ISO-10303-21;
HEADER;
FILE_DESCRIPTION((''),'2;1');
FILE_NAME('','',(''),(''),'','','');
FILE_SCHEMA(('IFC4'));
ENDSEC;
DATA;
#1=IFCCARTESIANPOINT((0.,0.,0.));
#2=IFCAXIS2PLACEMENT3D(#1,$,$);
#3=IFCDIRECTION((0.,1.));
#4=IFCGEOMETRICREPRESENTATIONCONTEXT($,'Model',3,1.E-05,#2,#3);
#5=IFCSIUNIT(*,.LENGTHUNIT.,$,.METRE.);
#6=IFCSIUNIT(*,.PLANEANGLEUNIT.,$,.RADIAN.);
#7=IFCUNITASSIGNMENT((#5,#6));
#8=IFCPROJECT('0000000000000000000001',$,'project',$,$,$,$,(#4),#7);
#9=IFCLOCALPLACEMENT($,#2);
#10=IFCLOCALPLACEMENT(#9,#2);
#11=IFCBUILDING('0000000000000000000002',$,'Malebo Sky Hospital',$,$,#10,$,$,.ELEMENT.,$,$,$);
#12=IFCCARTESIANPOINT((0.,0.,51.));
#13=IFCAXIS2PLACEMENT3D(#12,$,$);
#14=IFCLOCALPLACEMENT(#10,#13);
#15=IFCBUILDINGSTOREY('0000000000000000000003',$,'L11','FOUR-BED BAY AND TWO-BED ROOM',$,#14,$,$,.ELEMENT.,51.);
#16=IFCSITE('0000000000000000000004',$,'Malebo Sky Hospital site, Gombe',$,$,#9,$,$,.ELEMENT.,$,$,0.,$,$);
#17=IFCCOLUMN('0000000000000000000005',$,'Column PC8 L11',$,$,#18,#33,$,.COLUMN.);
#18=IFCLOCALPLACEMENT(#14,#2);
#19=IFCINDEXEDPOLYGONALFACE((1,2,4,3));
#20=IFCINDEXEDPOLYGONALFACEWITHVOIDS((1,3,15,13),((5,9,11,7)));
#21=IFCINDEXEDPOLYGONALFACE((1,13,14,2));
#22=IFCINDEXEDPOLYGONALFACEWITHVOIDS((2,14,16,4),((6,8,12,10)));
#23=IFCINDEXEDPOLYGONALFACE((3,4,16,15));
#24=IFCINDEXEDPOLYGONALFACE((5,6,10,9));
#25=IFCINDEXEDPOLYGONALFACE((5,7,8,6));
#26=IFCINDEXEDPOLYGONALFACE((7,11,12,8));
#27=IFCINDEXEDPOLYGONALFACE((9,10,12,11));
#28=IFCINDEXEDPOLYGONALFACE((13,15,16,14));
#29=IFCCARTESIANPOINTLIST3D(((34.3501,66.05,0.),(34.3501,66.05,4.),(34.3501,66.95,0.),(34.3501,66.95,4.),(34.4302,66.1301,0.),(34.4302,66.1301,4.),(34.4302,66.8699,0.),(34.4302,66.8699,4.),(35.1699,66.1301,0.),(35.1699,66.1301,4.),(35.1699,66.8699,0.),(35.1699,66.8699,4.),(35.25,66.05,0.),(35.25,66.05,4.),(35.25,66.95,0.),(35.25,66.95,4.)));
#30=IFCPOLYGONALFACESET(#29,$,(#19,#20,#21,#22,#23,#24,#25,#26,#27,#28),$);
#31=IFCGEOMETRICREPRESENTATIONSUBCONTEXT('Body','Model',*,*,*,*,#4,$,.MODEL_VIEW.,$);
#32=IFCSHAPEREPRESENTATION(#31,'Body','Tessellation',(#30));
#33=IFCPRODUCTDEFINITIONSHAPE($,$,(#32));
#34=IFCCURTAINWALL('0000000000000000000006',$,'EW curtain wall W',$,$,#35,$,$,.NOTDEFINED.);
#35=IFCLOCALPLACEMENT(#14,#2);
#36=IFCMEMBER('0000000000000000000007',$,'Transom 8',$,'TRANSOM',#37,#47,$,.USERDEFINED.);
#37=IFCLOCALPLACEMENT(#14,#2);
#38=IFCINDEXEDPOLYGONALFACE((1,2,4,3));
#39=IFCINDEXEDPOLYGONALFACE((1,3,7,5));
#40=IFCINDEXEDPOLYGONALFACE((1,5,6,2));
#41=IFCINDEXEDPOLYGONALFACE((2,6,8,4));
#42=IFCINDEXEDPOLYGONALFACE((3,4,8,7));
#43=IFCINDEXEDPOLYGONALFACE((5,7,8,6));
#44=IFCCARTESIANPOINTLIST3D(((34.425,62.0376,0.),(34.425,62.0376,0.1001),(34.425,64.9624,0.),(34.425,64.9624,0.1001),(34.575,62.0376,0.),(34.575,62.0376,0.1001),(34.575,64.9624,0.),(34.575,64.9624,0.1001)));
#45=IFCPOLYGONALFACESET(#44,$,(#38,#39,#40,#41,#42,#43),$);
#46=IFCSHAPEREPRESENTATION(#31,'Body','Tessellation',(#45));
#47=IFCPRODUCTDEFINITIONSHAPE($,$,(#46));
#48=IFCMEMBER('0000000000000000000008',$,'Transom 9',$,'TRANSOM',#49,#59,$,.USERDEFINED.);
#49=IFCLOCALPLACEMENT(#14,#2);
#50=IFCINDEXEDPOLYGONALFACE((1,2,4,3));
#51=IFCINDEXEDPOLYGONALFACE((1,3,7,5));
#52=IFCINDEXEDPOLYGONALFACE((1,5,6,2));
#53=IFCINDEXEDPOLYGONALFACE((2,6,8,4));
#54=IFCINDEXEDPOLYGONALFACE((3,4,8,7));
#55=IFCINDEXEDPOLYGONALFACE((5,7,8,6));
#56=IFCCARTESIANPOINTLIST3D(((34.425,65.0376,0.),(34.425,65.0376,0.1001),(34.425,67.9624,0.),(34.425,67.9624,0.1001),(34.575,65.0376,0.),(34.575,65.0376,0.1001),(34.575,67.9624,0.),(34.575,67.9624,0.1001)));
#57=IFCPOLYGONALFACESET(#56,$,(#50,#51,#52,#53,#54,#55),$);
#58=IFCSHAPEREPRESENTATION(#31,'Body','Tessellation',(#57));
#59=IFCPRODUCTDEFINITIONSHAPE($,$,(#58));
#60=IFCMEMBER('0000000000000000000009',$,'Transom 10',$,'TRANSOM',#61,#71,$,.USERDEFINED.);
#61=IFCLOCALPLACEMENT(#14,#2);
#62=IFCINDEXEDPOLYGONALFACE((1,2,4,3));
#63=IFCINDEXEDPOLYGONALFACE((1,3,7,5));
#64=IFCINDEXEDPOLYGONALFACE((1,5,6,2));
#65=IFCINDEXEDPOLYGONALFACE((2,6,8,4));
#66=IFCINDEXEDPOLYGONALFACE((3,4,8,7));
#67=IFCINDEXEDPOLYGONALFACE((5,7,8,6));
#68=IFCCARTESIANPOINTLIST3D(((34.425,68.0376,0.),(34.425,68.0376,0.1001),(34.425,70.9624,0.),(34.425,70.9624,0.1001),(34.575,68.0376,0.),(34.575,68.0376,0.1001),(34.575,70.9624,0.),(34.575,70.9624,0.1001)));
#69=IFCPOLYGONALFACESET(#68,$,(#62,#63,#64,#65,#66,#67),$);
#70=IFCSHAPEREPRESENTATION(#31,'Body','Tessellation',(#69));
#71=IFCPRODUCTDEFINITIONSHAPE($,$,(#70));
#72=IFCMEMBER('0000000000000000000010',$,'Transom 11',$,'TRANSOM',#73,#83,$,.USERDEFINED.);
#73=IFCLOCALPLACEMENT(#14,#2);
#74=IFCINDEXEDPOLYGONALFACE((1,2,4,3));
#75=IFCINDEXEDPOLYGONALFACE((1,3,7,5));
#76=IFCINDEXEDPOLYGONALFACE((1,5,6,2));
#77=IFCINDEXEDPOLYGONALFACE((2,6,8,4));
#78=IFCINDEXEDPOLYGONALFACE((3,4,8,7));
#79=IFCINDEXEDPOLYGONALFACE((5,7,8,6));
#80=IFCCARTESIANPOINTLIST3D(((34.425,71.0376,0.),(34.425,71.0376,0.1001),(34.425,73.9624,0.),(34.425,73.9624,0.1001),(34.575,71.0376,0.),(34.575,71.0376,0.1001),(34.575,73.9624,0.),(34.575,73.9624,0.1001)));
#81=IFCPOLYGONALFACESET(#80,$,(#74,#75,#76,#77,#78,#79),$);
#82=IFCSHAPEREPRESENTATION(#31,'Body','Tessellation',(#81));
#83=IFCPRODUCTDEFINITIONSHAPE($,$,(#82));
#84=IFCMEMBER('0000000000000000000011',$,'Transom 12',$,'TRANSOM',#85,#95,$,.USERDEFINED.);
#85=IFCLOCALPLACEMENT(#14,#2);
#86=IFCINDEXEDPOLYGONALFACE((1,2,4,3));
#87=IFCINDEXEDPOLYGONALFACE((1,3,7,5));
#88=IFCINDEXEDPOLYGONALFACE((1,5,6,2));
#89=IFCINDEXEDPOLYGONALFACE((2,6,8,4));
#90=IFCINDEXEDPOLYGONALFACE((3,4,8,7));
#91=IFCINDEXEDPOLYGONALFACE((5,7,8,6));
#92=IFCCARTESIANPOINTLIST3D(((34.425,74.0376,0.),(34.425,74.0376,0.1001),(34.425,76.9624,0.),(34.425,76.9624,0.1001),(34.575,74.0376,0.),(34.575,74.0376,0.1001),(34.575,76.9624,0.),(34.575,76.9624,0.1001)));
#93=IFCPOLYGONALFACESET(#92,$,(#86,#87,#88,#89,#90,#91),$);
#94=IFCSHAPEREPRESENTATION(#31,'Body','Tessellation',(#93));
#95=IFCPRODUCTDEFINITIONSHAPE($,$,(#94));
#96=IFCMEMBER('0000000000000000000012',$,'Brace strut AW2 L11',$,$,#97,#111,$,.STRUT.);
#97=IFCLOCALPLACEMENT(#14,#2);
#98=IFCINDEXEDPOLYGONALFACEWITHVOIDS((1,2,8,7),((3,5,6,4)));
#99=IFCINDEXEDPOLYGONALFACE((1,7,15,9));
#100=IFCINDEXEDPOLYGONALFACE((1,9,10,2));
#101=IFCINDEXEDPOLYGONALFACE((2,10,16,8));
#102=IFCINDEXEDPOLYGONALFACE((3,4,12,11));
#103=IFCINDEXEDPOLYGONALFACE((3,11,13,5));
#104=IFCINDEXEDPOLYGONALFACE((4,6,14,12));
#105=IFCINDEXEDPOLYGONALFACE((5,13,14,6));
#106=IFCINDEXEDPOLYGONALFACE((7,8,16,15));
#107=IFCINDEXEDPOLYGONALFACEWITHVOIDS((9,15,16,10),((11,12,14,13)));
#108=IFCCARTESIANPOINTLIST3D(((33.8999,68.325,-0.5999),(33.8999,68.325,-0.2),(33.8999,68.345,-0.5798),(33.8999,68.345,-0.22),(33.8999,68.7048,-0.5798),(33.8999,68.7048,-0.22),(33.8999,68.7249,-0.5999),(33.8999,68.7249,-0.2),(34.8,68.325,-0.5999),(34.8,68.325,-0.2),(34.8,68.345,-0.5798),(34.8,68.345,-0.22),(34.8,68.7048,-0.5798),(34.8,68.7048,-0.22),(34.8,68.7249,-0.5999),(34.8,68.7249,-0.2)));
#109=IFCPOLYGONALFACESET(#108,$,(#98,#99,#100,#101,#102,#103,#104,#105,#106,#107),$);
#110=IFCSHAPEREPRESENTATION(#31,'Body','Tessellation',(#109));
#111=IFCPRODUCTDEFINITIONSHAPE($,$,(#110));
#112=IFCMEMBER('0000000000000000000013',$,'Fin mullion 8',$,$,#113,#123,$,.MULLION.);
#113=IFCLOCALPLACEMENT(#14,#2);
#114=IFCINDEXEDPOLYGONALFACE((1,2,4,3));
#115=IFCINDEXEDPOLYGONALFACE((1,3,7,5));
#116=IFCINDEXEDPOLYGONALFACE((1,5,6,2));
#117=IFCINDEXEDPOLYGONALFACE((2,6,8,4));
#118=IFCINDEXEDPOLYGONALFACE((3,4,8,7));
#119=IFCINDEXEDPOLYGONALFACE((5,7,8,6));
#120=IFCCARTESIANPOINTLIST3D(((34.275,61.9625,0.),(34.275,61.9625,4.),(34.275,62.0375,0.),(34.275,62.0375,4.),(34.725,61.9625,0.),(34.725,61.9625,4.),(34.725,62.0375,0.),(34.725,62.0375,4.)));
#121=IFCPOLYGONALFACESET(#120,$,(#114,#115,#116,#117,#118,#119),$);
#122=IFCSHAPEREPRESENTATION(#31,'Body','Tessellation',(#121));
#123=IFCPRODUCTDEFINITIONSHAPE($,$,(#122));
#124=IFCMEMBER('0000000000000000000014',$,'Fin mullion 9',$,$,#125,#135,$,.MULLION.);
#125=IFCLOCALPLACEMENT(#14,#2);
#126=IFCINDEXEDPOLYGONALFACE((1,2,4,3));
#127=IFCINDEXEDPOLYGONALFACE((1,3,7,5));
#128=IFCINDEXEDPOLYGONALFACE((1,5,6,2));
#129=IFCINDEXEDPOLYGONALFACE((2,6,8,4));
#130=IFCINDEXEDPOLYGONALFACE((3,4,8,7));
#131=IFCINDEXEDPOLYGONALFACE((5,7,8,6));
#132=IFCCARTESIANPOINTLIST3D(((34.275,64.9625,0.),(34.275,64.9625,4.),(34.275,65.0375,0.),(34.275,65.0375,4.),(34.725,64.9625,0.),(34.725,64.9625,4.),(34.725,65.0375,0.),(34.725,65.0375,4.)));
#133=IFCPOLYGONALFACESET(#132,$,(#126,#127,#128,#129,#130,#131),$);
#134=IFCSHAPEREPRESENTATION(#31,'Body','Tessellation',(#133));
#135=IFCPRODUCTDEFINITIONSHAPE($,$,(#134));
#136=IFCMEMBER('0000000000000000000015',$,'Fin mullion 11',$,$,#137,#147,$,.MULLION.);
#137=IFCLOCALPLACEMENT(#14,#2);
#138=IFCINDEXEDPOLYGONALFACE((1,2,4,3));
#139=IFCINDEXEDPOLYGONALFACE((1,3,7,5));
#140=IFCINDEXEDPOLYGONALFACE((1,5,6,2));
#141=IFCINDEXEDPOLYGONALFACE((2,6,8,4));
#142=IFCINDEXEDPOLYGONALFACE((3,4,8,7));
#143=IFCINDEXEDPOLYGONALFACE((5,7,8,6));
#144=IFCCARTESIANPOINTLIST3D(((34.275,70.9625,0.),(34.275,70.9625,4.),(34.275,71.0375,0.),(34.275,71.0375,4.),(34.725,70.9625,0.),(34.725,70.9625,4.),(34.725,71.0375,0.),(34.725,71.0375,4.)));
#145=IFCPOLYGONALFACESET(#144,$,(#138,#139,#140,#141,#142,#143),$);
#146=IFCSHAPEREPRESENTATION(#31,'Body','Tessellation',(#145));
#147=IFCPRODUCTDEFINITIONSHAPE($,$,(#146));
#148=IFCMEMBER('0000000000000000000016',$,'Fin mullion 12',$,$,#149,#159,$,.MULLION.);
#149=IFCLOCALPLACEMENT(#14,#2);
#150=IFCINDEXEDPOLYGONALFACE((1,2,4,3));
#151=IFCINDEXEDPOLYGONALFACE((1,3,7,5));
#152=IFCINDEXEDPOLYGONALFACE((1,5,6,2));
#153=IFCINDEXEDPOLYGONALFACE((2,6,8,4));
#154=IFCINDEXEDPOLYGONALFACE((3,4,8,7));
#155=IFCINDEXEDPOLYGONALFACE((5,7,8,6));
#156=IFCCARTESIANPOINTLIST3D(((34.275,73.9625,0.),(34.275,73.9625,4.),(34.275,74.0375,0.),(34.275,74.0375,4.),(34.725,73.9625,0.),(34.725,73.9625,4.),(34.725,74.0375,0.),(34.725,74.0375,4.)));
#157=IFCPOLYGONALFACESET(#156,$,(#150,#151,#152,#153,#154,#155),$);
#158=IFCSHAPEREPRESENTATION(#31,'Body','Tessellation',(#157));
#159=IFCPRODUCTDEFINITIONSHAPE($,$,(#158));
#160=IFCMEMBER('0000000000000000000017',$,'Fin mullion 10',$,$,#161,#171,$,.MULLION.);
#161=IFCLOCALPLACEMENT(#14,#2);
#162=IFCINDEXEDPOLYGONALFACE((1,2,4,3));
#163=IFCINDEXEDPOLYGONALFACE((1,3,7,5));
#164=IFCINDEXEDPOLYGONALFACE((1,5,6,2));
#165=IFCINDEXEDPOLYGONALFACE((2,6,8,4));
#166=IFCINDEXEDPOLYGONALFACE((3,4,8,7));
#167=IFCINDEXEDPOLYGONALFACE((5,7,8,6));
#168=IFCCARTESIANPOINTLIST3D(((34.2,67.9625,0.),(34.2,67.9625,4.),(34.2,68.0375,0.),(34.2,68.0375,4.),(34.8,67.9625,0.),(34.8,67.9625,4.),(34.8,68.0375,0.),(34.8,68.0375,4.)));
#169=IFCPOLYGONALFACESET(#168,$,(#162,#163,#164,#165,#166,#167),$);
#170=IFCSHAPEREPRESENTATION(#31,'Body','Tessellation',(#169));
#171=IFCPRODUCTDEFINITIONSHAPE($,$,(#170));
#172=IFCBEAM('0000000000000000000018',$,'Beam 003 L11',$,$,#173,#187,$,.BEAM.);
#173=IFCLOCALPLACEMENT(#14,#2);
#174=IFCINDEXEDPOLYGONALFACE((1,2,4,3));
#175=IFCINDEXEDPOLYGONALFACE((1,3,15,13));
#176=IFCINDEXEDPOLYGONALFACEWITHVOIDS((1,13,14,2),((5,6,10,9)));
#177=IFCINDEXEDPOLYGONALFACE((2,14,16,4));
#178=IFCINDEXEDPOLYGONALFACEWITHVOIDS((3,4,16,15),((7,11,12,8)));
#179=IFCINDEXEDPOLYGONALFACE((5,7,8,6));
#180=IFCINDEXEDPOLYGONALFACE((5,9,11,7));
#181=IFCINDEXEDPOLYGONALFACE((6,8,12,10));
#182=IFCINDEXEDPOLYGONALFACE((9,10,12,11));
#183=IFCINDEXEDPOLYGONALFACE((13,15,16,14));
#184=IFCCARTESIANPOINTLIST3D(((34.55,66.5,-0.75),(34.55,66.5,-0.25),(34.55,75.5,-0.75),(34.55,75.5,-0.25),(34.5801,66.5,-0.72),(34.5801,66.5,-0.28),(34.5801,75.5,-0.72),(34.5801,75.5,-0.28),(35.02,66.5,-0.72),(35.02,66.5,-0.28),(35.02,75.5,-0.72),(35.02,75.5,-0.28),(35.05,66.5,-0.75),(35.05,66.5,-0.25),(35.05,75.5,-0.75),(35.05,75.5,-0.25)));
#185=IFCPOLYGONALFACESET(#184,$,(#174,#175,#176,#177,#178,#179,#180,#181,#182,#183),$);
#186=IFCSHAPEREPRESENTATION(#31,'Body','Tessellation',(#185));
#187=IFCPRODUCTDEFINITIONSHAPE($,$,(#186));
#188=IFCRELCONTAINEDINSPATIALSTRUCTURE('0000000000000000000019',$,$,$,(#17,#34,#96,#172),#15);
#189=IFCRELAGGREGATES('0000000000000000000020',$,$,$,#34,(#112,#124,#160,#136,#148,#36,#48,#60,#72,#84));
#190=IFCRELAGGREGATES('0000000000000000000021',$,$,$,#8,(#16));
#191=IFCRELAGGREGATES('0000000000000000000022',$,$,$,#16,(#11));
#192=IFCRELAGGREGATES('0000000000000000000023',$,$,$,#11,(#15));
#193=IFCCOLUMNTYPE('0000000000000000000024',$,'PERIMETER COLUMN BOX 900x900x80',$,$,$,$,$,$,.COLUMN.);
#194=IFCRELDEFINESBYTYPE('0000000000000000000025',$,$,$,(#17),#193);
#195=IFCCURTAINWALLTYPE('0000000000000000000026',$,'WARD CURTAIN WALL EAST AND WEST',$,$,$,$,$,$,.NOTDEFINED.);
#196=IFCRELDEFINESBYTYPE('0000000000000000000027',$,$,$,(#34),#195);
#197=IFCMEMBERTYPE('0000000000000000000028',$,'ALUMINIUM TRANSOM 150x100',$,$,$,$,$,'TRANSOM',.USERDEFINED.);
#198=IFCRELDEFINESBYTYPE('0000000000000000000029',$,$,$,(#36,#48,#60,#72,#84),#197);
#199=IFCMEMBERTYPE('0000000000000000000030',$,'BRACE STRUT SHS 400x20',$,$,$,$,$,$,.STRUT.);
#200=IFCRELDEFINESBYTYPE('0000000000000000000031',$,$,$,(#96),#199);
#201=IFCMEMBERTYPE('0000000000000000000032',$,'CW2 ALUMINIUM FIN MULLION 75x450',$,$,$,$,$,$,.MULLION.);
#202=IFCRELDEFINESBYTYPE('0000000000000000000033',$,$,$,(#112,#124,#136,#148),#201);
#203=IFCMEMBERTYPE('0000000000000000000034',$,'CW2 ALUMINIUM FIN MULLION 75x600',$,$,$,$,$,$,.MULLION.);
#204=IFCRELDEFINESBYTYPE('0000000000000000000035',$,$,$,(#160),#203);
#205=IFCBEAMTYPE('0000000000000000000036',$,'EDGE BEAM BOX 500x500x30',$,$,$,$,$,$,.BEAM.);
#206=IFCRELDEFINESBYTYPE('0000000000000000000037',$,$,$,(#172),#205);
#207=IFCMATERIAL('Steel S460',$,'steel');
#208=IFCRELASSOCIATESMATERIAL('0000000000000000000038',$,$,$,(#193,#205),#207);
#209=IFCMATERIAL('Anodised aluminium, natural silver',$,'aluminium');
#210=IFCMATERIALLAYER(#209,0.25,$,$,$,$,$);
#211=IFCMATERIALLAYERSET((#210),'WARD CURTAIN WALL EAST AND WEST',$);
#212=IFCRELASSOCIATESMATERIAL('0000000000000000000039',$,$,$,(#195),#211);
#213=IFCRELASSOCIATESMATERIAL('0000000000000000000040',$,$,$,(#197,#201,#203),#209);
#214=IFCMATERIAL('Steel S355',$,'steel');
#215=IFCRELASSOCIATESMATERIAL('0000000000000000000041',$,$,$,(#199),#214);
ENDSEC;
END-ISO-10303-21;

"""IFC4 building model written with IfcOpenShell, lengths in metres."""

from ifc_helpers import new_model, si_unit, direction, frame, origin, origin_2d, place, context, subcontext, project, spatial, rectangle, hollow_rectangle, extrude, material, layer, layer_set, material_profile, profile_set, type_object, element, aggregate, save


model = new_model("IFC4")

# Units and contexts
model_context = context("Model", 3, precision=1e-05, world=origin(), true_north=direction((0.0, 1.0)))
body_context = subcontext(model_context, "Body", "Model", "MODEL_VIEW")
ifc_project = project(units=[si_unit("LENGTHUNIT", "METRE"), si_unit("PLANEANGLEUNIT", "RADIAN")], contexts=[model_context])

# Site, building, storey
site_placement = place(None, origin())
site = spatial("IfcSite", under=ifc_project, at=site_placement, Name="Malebo Sky Hospital site, Gombe", CompositionType="ELEMENT", RefElevation=0.0)
building_placement = place(site_placement, origin())
building = spatial("IfcBuilding", under=site, at=building_placement, Name="Malebo Sky Hospital", CompositionType="ELEMENT")
storey_placement = place(building_placement, frame((0.0, 0.0, 51.0)))
storey = spatial("IfcBuildingStorey", under=building, at=storey_placement, Name="L11", Description="FOUR-BED BAY AND TWO-BED ROOM", CompositionType="ELEMENT", Elevation=51.0)

# Column
ifc_material_1 = material(Name="Steel S460", Category="steel")
ifc_material_profile_1 = material_profile(ifc_material_1, hollow_rectangle(XDim=0.8999, YDim=0.8999, WallThickness=0.0801, at=origin_2d()), Name="BOX 900x900x80")
ifc_profile_set_1 = profile_set([ifc_material_profile_1], Name="Steel S460")
column_type = type_object("IfcColumnType", Name="PERIMETER COLUMN BOX 900x900x80", PredefinedType="COLUMN", material=ifc_profile_set_1)
column_placement = place(storey_placement, frame((34.8, 66.5, 0.0), z_axis=(0.0, 0.0, 1.0), x_axis=(1.0, 0.0, 0.0)))
element("IfcColumn", 1, at=column_placement, inside=storey, type_object=column_type, Name="Column PC8 L11", PredefinedType="COLUMN", context=body_context, shape_type="SweptSolid", body=[
    extrude(hollow_rectangle(XDim=0.8999, YDim=0.8999, WallThickness=0.0801, at=origin_2d()), origin(), (0.0, 0.0, 1.0), 4.0),
])

# Curtain wall, members
ifc_material_2 = material(Name="Anodised aluminium, natural silver", Category="aluminium")
ifc_layer_1 = layer(ifc_material_2, 0.25)
ifc_layer_set_1 = layer_set([ifc_layer_1], Name="WARD CURTAIN WALL EAST AND WEST")
curtain_wall_type = type_object("IfcCurtainWallType", Name="WARD CURTAIN WALL EAST AND WEST", PredefinedType="NOTDEFINED", material=ifc_layer_set_1)
curtain_wall_placement = place(storey_placement, origin())
curtain_wall = element("IfcCurtainWall", 2, at=curtain_wall_placement, inside=storey, type_object=curtain_wall_type, Name="EW curtain wall W", PredefinedType="NOTDEFINED")
ifc_material_profile_2 = material_profile(ifc_material_2, rectangle(XDim=0.1499, YDim=0.1001, at=origin_2d()), Name="ALUMINIUM TRANSOM 150x100")
ifc_profile_set_2 = profile_set([ifc_material_profile_2], Name="Anodised aluminium, natural silver")
member_type_1 = type_object("IfcMemberType", Name="ALUMINIUM TRANSOM 150x100", ElementType="TRANSOM", PredefinedType="USERDEFINED", material=ifc_profile_set_2)
member_1_placement = place(storey_placement, frame((34.5, 62.0376, 0.05), z_axis=(0.0, 1.0, 0.0), x_axis=(-1.0, 0.0, 0.0)))
member_1 = element("IfcMember", 3, at=member_1_placement, type_object=member_type_1, Name="Transom 8", ObjectType="TRANSOM", PredefinedType="USERDEFINED", context=body_context, shape_type="SweptSolid", body=[
    extrude(rectangle(XDim=0.1499, YDim=0.1001, at=origin_2d()), origin(), (0.0, 0.0, 1.0), 2.9248),
])
member_2_placement = place(storey_placement, frame((34.5, 65.0376, 0.05), z_axis=(0.0, 1.0, 0.0), x_axis=(-1.0, 0.0, 0.0)))
member_2 = element("IfcMember", 4, at=member_2_placement, type_object=member_type_1, Name="Transom 9", ObjectType="TRANSOM", PredefinedType="USERDEFINED", context=body_context, shape_type="SweptSolid", body=[
    extrude(rectangle(XDim=0.1499, YDim=0.1001, at=origin_2d()), origin(), (0.0, 0.0, 1.0), 2.9248),
])
member_3_placement = place(storey_placement, frame((34.5, 68.0376, 0.05), z_axis=(0.0, 1.0, 0.0), x_axis=(-1.0, 0.0, 0.0)))
member_3 = element("IfcMember", 5, at=member_3_placement, type_object=member_type_1, Name="Transom 10", ObjectType="TRANSOM", PredefinedType="USERDEFINED", context=body_context, shape_type="SweptSolid", body=[
    extrude(rectangle(XDim=0.1499, YDim=0.1001, at=origin_2d()), origin(), (0.0, 0.0, 1.0), 2.9248),
])
member_4_placement = place(storey_placement, frame((34.5, 71.0376, 0.05), z_axis=(0.0, 1.0, 0.0), x_axis=(-1.0, 0.0, 0.0)))
member_4 = element("IfcMember", 6, at=member_4_placement, type_object=member_type_1, Name="Transom 11", ObjectType="TRANSOM", PredefinedType="USERDEFINED", context=body_context, shape_type="SweptSolid", body=[
    extrude(rectangle(XDim=0.1499, YDim=0.1001, at=origin_2d()), origin(), (0.0, 0.0, 1.0), 2.9248),
])
member_5_placement = place(storey_placement, frame((34.5, 74.0376, 0.05), z_axis=(0.0, 1.0, 0.0), x_axis=(-1.0, 0.0, 0.0)))
member_5 = element("IfcMember", 7, at=member_5_placement, type_object=member_type_1, Name="Transom 12", ObjectType="TRANSOM", PredefinedType="USERDEFINED", context=body_context, shape_type="SweptSolid", body=[
    extrude(rectangle(XDim=0.1499, YDim=0.1001, at=origin_2d()), origin(), (0.0, 0.0, 1.0), 2.9248),
])

# Members
ifc_material_3 = material(Name="Steel S355", Category="steel")
ifc_material_profile_3 = material_profile(ifc_material_3, hollow_rectangle(XDim=0.3999, YDim=0.3999, WallThickness=0.02, at=origin_2d()), Name="SHS 400x20")
ifc_profile_set_3 = profile_set([ifc_material_profile_3], Name="Steel S355")
member_type_2 = type_object("IfcMemberType", Name="BRACE STRUT SHS 400x20", PredefinedType="STRUT", material=ifc_profile_set_3)
member_6_placement = place(storey_placement, frame((33.8999, 68.5249, -0.3999), z_axis=(1.0, 0.0, 0.0), x_axis=(0.0, 1.0, 0.0)))
element("IfcMember", 8, at=member_6_placement, inside=storey, type_object=member_type_2, Name="Brace strut AW2 L11", PredefinedType="STRUT", context=body_context, shape_type="SweptSolid", body=[
    extrude(hollow_rectangle(XDim=0.3999, YDim=0.3999, WallThickness=0.02, at=origin_2d()), origin(), (0.0, 0.0, 1.0), 0.9001),
])
ifc_material_profile_4 = material_profile(ifc_material_2, rectangle(XDim=0.075, YDim=0.45, at=origin_2d()), Name="CW2 ALUMINIUM FIN MULLION 75x450")
ifc_profile_set_4 = profile_set([ifc_material_profile_4], Name="Anodised aluminium, natural silver")
member_type_3 = type_object("IfcMemberType", Name="CW2 ALUMINIUM FIN MULLION 75x450", PredefinedType="MULLION", material=ifc_profile_set_4)
member_7_placement = place(storey_placement, frame((34.5, 62.0, 0.0), z_axis=(0.0, 0.0, 1.0), x_axis=(0.0, 1.0, 0.0)))
member_7 = element("IfcMember", 9, at=member_7_placement, type_object=member_type_3, Name="Fin mullion 8", PredefinedType="MULLION", context=body_context, shape_type="SweptSolid", body=[
    extrude(rectangle(XDim=0.075, YDim=0.45, at=origin_2d()), origin(), (0.0, 0.0, 1.0), 4.0),
])
member_8_placement = place(storey_placement, frame((34.5, 65.0, 0.0), z_axis=(0.0, 0.0, 1.0), x_axis=(0.0, 1.0, 0.0)))
member_8 = element("IfcMember", 10, at=member_8_placement, type_object=member_type_3, Name="Fin mullion 9", PredefinedType="MULLION", context=body_context, shape_type="SweptSolid", body=[
    extrude(rectangle(XDim=0.075, YDim=0.45, at=origin_2d()), origin(), (0.0, 0.0, 1.0), 4.0),
])
member_9_placement = place(storey_placement, frame((34.5, 71.0, 0.0), z_axis=(0.0, 0.0, 1.0), x_axis=(0.0, 1.0, 0.0)))
member_9 = element("IfcMember", 11, at=member_9_placement, type_object=member_type_3, Name="Fin mullion 11", PredefinedType="MULLION", context=body_context, shape_type="SweptSolid", body=[
    extrude(rectangle(XDim=0.075, YDim=0.45, at=origin_2d()), origin(), (0.0, 0.0, 1.0), 4.0),
])
member_10_placement = place(storey_placement, frame((34.5, 74.0, 0.0), z_axis=(0.0, 0.0, 1.0), x_axis=(0.0, 1.0, 0.0)))
member_10 = element("IfcMember", 12, at=member_10_placement, type_object=member_type_3, Name="Fin mullion 12", PredefinedType="MULLION", context=body_context, shape_type="SweptSolid", body=[
    extrude(rectangle(XDim=0.075, YDim=0.45, at=origin_2d()), origin(), (0.0, 0.0, 1.0), 4.0),
])
ifc_material_profile_5 = material_profile(ifc_material_2, rectangle(XDim=0.075, YDim=0.6001, at=origin_2d()), Name="CW2 ALUMINIUM FIN MULLION 75x600")
ifc_profile_set_5 = profile_set([ifc_material_profile_5], Name="Anodised aluminium, natural silver")
member_type_4 = type_object("IfcMemberType", Name="CW2 ALUMINIUM FIN MULLION 75x600", PredefinedType="MULLION", material=ifc_profile_set_5)
member_11_placement = place(storey_placement, frame((34.5, 68.0, 0.0), z_axis=(0.0, 0.0, 1.0), x_axis=(0.0, 1.0, 0.0)))
member_11 = element("IfcMember", 13, at=member_11_placement, type_object=member_type_4, Name="Fin mullion 10", PredefinedType="MULLION", context=body_context, shape_type="SweptSolid", body=[
    extrude(rectangle(XDim=0.075, YDim=0.6001, at=origin_2d()), origin(), (0.0, 0.0, 1.0), 4.0),
])

# Beam
ifc_material_profile_6 = material_profile(ifc_material_1, hollow_rectangle(XDim=0.5, YDim=0.5, WallThickness=0.03, at=origin_2d()), Name="BOX 500x500x30")
ifc_profile_set_6 = profile_set([ifc_material_profile_6], Name="Steel S460")
beam_type_1 = type_object("IfcBeamType", Name="EDGE BEAM BOX 500x500x30", PredefinedType="BEAM", material=ifc_profile_set_6)
beam_1_placement = place(storey_placement, frame((34.8, 66.5, -0.5), z_axis=(0.0, 1.0, 0.0), x_axis=(-1.0, 0.0, 0.0)))
element("IfcBeam", 14, at=beam_1_placement, inside=storey, type_object=beam_type_1, Name="Beam 003 L11", PredefinedType="BEAM", context=body_context, shape_type="SweptSolid", body=[
    extrude(hollow_rectangle(XDim=0.5, YDim=0.5, WallThickness=0.03, at=origin_2d()), origin(), (0.0, 0.0, 1.0), 9.0),
])

aggregate(curtain_wall, [member_7, member_8, member_11, member_9, member_10, member_1, member_2, member_3, member_4, member_5])

save(model, "model.ifc")
